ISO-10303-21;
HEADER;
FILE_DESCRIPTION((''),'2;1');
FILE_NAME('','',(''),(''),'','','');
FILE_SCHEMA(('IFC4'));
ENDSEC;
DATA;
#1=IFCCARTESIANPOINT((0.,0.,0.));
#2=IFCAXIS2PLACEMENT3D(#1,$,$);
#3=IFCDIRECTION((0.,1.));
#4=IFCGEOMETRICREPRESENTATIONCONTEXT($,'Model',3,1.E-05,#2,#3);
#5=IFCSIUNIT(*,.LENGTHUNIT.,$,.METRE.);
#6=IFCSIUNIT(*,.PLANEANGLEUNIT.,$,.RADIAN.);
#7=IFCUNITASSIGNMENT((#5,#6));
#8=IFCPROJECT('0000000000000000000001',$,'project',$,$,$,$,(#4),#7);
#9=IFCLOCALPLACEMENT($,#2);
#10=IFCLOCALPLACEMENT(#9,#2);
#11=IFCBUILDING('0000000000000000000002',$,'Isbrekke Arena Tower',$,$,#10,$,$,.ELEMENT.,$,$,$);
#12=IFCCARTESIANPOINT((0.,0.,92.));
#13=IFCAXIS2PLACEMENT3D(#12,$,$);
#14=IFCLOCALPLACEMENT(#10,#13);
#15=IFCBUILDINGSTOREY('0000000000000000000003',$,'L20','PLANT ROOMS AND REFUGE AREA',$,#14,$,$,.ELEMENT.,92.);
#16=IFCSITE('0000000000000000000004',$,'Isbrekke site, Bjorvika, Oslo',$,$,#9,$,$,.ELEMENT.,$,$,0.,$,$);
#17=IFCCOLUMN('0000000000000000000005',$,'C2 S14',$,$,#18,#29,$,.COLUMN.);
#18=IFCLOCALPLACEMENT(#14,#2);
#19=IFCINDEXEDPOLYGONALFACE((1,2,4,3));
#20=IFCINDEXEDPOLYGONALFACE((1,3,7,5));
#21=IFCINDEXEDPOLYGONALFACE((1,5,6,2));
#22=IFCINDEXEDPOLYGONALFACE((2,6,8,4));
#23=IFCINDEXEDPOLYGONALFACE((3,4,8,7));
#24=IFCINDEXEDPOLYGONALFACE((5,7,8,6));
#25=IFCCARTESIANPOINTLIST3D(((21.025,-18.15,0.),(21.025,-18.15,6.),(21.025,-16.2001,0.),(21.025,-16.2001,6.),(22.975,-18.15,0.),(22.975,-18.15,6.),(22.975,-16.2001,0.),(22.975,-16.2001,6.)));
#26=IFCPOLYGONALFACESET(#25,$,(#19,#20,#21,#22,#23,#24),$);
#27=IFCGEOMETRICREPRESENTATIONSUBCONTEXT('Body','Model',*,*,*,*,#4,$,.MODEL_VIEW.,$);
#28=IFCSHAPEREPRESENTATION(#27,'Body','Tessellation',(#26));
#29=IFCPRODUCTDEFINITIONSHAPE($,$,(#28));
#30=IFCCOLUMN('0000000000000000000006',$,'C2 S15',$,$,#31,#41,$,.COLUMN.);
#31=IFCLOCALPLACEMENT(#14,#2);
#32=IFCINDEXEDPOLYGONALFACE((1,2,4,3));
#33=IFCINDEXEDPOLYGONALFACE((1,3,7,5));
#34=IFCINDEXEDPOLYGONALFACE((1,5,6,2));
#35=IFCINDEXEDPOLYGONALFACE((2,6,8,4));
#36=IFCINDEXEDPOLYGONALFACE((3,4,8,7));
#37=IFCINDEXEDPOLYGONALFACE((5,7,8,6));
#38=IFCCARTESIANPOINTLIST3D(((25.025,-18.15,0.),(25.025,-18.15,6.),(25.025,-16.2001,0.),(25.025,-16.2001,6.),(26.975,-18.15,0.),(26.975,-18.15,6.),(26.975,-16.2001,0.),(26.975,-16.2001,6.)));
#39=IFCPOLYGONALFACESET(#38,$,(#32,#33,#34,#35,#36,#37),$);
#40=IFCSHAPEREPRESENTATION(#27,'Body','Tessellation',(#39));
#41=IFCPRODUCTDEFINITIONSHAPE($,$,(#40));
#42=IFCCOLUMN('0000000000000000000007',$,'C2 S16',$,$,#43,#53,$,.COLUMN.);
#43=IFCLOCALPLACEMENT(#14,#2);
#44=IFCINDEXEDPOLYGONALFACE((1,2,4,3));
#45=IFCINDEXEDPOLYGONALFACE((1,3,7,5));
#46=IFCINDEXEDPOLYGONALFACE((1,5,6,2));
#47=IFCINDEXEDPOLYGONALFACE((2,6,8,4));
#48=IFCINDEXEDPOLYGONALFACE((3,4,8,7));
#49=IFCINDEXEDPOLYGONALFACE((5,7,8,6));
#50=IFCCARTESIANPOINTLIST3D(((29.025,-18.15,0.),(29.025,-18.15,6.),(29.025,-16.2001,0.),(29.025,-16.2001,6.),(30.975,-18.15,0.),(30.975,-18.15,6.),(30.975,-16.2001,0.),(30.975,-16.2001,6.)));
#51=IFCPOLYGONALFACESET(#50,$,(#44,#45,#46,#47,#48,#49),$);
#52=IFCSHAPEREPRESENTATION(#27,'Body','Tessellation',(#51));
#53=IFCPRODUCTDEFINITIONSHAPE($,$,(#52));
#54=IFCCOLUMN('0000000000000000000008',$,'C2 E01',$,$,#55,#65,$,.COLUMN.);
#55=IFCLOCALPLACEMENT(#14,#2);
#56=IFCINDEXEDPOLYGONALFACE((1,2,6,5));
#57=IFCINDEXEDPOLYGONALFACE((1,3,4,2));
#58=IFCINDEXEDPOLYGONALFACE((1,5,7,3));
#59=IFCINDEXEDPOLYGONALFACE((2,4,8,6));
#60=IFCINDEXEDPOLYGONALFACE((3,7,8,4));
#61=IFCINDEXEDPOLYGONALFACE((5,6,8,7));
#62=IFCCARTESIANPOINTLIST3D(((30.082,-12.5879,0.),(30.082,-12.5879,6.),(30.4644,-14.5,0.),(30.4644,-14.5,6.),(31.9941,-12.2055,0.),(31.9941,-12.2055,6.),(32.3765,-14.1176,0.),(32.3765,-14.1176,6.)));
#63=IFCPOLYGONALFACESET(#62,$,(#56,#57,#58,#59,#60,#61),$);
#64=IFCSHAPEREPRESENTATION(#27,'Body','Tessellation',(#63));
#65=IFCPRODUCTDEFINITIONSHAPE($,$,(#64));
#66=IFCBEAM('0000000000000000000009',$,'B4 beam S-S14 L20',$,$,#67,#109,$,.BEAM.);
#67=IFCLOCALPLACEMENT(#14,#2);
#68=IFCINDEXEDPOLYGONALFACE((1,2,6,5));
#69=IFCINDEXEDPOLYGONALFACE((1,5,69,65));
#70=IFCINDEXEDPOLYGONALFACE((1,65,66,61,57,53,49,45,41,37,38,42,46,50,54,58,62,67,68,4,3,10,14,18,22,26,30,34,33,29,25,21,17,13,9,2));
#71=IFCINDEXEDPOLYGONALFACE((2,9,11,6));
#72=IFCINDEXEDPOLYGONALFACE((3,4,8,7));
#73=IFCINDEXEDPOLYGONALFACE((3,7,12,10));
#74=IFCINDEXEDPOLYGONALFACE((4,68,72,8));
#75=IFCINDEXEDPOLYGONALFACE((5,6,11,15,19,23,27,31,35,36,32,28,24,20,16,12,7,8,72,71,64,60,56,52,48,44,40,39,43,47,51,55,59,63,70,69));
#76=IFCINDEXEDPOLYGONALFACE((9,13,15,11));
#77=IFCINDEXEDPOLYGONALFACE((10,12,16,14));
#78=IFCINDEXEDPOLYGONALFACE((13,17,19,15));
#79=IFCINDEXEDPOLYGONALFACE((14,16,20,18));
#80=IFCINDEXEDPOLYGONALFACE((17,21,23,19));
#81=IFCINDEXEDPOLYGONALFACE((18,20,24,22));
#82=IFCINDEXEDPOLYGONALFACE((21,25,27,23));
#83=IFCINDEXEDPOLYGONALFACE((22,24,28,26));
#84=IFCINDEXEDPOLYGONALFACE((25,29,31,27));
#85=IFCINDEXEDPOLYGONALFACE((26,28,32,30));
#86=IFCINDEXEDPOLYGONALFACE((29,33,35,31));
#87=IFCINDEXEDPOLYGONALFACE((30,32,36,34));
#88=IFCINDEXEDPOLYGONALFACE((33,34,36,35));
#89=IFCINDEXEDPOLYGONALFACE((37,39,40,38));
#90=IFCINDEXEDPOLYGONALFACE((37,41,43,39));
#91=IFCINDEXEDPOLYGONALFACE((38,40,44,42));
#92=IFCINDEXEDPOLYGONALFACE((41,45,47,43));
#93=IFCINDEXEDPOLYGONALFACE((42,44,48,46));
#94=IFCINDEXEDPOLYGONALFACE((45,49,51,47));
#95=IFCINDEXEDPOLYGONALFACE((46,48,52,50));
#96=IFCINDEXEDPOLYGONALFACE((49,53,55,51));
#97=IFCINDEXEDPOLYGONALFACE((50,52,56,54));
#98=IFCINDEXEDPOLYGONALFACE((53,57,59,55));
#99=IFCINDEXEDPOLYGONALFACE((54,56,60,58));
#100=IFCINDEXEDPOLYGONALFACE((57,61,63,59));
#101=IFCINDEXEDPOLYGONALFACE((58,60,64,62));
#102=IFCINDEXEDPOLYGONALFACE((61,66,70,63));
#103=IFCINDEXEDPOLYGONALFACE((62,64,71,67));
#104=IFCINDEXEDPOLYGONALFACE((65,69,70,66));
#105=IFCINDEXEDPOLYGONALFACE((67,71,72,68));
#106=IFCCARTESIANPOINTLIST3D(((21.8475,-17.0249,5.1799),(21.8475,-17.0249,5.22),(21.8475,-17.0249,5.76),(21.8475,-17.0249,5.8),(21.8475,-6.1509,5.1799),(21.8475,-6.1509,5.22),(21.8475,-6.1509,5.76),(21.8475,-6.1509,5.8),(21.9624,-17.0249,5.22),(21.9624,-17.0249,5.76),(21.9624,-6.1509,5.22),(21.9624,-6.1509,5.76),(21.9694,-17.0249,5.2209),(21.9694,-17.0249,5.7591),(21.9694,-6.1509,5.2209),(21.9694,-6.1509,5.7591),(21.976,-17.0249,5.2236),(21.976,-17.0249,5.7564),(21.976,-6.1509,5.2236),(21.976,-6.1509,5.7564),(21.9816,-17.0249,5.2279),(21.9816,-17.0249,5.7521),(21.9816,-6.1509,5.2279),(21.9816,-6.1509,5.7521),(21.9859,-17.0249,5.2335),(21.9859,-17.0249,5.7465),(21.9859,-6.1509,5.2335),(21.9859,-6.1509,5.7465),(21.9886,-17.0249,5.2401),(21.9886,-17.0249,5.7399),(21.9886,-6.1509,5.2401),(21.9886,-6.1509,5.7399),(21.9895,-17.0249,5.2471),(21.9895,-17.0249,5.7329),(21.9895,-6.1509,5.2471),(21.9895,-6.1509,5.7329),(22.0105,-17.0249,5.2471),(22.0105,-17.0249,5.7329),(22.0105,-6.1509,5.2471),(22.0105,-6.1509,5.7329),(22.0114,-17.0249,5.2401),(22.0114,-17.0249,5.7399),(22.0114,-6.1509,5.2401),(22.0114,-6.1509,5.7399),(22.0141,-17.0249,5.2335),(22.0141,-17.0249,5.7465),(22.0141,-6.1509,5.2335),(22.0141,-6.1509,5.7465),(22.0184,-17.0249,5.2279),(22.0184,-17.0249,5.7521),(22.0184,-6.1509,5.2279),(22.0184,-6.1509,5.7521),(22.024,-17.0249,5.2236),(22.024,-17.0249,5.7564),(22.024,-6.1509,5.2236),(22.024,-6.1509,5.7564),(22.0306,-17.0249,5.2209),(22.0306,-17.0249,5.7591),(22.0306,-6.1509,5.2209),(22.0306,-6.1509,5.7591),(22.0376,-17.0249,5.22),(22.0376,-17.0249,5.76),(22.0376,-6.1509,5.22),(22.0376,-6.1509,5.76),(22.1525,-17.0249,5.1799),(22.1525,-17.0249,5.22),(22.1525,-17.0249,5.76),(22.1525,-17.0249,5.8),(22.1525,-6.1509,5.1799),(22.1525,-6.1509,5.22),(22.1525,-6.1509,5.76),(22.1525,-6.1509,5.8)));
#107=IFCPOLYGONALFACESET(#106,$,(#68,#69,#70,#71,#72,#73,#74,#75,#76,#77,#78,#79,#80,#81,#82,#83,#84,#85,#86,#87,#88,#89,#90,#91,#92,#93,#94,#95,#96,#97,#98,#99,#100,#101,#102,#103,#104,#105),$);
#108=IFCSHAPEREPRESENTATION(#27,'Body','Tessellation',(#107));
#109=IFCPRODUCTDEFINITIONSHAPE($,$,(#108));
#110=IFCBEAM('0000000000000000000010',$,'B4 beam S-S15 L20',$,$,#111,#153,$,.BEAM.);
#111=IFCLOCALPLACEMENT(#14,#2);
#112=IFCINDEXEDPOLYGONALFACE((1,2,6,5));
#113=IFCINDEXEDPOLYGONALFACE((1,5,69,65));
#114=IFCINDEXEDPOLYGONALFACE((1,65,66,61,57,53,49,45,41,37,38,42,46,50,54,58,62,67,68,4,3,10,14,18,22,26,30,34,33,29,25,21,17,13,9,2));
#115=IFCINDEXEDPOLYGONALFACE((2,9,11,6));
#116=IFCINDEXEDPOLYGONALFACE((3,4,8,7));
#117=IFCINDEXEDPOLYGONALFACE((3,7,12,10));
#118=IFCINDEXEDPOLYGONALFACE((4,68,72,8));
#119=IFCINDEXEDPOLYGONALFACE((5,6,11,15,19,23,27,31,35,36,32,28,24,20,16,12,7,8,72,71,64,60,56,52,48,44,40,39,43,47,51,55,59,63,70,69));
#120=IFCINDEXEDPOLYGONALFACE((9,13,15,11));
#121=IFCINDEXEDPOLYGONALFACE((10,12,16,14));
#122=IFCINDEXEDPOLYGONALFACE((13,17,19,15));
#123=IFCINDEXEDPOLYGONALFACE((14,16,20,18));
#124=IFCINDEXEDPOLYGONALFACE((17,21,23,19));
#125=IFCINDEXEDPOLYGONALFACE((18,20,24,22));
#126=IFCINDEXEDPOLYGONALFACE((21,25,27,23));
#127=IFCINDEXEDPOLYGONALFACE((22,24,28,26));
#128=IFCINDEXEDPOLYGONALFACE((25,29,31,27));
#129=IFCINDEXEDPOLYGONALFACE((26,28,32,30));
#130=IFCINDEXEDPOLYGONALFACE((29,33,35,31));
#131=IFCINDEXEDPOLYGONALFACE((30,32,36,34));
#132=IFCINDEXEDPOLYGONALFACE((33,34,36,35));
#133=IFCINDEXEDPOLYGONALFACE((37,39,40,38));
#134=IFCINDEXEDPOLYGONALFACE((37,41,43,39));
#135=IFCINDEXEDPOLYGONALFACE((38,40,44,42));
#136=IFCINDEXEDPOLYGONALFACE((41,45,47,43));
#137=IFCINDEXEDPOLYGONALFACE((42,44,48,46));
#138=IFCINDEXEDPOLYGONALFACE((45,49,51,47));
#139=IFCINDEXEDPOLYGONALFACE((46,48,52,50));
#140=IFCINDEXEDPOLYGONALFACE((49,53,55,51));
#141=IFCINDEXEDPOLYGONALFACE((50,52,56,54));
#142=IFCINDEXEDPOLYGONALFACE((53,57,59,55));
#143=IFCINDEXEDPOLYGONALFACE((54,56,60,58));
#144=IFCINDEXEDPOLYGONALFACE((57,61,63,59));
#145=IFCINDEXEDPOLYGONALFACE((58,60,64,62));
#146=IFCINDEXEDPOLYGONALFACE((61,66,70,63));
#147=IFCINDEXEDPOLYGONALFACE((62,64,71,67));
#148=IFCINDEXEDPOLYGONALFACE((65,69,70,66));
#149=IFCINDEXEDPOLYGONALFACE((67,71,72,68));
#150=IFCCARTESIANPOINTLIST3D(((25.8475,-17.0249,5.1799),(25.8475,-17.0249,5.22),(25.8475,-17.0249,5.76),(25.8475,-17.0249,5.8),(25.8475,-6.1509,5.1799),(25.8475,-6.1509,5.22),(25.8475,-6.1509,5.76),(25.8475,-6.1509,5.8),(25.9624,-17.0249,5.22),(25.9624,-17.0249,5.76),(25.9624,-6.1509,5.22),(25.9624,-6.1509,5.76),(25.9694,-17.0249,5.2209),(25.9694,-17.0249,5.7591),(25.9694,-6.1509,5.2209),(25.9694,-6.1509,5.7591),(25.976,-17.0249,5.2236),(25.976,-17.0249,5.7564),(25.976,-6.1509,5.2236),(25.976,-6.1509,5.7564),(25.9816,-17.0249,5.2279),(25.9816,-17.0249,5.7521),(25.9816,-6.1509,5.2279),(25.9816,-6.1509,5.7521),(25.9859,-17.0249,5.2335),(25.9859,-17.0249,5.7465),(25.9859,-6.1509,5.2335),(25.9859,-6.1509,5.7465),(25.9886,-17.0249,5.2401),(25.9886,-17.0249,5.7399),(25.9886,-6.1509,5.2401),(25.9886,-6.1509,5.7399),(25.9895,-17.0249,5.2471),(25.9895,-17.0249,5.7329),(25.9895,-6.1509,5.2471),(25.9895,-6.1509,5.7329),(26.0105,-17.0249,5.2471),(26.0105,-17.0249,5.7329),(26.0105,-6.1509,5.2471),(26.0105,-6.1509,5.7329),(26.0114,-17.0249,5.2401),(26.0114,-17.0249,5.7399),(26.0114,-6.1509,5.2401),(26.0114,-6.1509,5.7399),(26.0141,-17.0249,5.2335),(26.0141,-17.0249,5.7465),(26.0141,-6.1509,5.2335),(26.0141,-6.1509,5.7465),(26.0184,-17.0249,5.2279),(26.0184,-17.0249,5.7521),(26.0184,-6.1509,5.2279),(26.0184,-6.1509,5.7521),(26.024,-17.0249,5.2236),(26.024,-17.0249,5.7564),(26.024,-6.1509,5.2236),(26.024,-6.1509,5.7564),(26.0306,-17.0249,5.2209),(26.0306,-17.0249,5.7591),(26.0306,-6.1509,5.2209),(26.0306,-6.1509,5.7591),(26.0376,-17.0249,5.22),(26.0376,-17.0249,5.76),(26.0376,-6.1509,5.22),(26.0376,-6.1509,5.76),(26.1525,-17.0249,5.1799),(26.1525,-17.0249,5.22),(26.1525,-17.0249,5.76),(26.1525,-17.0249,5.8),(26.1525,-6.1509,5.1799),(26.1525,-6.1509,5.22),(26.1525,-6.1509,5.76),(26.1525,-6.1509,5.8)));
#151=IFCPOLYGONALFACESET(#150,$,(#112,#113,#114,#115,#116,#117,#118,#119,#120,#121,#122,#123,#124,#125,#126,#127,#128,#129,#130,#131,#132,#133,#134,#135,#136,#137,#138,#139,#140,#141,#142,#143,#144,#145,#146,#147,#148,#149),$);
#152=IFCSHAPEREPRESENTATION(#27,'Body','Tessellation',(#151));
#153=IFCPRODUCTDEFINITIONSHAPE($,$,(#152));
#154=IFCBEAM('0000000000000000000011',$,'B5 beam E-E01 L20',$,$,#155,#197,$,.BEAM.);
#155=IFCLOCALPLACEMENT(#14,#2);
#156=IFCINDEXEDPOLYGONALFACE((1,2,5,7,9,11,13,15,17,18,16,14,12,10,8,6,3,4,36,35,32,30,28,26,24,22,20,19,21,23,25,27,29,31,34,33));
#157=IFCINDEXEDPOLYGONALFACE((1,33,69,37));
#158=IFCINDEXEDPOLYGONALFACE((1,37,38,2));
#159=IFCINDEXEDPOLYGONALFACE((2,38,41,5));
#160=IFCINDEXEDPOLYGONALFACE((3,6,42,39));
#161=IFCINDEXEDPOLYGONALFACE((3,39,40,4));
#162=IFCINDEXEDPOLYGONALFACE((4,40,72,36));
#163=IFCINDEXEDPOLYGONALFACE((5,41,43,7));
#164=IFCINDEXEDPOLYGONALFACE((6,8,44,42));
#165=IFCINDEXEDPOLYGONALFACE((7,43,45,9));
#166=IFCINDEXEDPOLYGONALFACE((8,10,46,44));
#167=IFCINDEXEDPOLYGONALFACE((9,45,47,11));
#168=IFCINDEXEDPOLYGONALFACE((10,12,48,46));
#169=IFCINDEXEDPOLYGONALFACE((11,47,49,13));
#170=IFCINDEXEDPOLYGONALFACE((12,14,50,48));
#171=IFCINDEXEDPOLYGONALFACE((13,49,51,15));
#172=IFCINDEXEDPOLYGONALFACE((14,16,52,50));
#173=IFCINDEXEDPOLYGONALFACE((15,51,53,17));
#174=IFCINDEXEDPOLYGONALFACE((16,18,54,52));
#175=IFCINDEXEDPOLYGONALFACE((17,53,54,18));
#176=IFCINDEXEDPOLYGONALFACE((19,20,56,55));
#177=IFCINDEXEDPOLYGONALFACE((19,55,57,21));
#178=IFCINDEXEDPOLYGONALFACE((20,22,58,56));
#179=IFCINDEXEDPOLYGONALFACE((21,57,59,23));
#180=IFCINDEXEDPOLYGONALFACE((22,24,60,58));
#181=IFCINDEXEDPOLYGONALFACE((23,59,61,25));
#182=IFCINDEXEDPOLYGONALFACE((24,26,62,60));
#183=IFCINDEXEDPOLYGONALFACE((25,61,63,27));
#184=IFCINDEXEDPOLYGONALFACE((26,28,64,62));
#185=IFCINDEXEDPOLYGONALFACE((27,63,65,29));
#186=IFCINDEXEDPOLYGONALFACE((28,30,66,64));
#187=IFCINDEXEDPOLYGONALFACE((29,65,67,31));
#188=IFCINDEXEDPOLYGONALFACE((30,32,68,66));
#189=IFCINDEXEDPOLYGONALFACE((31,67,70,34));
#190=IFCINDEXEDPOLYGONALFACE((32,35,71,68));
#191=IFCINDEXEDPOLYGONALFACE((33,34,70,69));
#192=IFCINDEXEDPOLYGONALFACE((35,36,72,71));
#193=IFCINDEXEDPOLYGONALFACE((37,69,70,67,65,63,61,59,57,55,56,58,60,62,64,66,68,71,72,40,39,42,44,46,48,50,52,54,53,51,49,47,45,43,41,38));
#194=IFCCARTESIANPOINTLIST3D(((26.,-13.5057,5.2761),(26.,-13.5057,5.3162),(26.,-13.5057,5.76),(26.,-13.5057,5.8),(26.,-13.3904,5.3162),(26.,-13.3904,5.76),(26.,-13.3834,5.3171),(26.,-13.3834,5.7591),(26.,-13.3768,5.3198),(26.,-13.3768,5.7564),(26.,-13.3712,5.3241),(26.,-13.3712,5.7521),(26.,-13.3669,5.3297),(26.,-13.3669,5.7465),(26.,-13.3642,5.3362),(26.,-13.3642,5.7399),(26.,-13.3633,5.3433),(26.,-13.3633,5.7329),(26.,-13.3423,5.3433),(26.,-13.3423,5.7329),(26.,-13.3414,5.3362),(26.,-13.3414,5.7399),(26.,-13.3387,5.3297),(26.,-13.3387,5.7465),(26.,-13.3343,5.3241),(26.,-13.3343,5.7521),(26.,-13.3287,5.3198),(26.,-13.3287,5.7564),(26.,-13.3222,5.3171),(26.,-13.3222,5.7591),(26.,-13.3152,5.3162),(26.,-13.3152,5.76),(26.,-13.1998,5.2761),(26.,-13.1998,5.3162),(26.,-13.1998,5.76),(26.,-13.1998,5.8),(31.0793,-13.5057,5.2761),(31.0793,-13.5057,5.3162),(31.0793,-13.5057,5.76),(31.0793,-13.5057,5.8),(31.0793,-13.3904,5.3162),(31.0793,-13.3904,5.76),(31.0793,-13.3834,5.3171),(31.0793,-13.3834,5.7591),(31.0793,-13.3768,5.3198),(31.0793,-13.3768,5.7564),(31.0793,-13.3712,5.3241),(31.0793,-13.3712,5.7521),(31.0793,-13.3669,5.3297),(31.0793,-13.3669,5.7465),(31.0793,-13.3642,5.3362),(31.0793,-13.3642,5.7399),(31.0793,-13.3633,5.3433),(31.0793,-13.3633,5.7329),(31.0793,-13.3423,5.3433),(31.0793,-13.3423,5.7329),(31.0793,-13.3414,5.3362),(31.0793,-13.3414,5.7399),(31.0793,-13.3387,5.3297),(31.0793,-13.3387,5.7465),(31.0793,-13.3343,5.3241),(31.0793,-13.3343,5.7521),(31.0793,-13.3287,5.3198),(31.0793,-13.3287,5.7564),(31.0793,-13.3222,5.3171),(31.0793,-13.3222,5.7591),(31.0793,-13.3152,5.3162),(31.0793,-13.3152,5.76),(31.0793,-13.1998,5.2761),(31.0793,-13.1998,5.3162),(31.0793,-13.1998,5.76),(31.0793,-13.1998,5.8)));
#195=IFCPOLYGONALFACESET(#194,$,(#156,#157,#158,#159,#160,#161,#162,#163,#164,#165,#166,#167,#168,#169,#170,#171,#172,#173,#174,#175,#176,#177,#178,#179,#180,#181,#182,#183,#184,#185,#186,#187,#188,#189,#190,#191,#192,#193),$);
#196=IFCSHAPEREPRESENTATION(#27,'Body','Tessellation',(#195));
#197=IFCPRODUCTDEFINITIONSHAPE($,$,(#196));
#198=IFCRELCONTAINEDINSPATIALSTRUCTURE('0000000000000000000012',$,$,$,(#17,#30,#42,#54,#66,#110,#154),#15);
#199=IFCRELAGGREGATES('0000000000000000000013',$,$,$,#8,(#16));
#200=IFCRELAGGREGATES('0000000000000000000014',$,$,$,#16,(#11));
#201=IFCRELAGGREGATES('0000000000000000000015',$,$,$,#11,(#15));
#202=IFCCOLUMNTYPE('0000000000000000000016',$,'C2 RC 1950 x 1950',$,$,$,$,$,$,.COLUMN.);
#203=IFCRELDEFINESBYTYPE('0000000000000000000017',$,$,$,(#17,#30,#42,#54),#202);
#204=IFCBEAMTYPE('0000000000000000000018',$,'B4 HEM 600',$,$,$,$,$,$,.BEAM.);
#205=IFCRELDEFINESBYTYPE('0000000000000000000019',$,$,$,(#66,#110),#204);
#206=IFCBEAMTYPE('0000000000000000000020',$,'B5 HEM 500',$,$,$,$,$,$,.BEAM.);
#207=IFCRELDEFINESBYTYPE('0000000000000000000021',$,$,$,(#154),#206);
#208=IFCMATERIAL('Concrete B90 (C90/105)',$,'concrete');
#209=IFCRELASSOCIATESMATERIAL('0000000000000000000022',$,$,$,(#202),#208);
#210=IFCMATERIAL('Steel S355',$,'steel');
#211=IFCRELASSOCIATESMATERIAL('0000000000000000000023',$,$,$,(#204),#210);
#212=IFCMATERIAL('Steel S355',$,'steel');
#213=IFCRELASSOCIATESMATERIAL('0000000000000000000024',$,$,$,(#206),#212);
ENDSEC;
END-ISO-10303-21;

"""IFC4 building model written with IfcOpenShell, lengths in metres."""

from ifc_helpers import new_model, si_unit, direction, frame, origin, origin_2d, place, context, subcontext, project, spatial, rectangle, i_section, extrude, material, material_profile, profile_set, type_object, element, save


model = new_model("IFC4")

# Units and contexts
model_context = context("Model", 3, precision=1e-05, world=origin(), true_north=direction((0.0, 1.0)))
body_context = subcontext(model_context, "Body", "Model", "MODEL_VIEW")
ifc_project = project(units=[si_unit("LENGTHUNIT", "METRE"), si_unit("PLANEANGLEUNIT", "RADIAN")], contexts=[model_context])

# Site, building, storey
site_placement = place(None, origin())
site = spatial("IfcSite", under=ifc_project, at=site_placement, Name="Isbrekke site, Bjorvika, Oslo", CompositionType="ELEMENT", RefElevation=0.0)
building_placement = place(site_placement, origin())
building = spatial("IfcBuilding", under=site, at=building_placement, Name="Isbrekke Arena Tower", CompositionType="ELEMENT")
storey_placement = place(building_placement, frame((0.0, 0.0, 92.0)))
storey = spatial("IfcBuildingStorey", under=building, at=storey_placement, Name="L20", Description="PLANT ROOMS AND REFUGE AREA", CompositionType="ELEMENT", Elevation=92.0)

# Columns
ifc_material_1 = material(Name="Concrete B90 (C90/105)", Category="concrete")
ifc_material_profile_1 = material_profile(ifc_material_1, rectangle(XDim=1.95, YDim=1.95, at=origin_2d()), Name="RC 1950x1950")
ifc_profile_set_1 = profile_set([ifc_material_profile_1], Name="Concrete B90 (C90/105)")
column_type = type_object("IfcColumnType", Name="C2 RC 1950 x 1950", PredefinedType="COLUMN", material=ifc_profile_set_1)
for number, where, z_axis, x_axis, name in (
    (1, (22.0, -17.175, 0.0), (0.0, 0.0, 1.0), (1.0, 0.0, 0.0), "C2 S14"),
    (2, (26.0, -17.175, 0.0), (0.0, 0.0, 1.0), (1.0, 0.0, 0.0), "C2 S15"),
    (3, (30.0, -17.175, 0.0), (0.0, 0.0, 1.0), (1.0, 0.0, 0.0), "C2 S16"),
    (4, (31.2292, -13.3528, 0.0), (0.0, 0.0, 1.0), (-0.196116, 0.980581, 0.0), "C2 E01"),
):
    element("IfcColumn", number, at=place(storey_placement, frame(where, z_axis=z_axis, x_axis=x_axis)), inside=storey, type_object=column_type, Name=name, PredefinedType="COLUMN", context=body_context, shape_type="SweptSolid", body=[
        extrude(rectangle(XDim=1.95, YDim=1.95, at=origin_2d()), origin(), (0.0, 0.0, 1.0), 6.0),
    ])

# Beams
ifc_material_2 = material(Name="Steel S355", Category="steel")
ifc_material_profile_2 = material_profile(ifc_material_2, i_section(OverallWidth=0.3049, OverallDepth=0.6201, WebThickness=0.021, FlangeThickness=0.04, FilletRadius=0.0271, at=origin_2d()), Name="HEM 600")
ifc_profile_set_2 = profile_set([ifc_material_profile_2], Name="Steel S355")
beam_type_1 = type_object("IfcBeamType", Name="B4 HEM 600", PredefinedType="BEAM", material=ifc_profile_set_2)
for number, where, z_axis, x_axis, name in (
    (5, (22.0, -17.0249, 5.49), (0.0, 1.0, 0.0), (-1.0, 0.0, 0.0), "B4 beam S-S14 L20"),
    (6, (26.0, -17.0249, 5.49), (0.0, 1.0, 0.0), (-1.0, 0.0, 0.0), "B4 beam S-S15 L20"),
):
    element("IfcBeam", number, at=place(storey_placement, frame(where, z_axis=z_axis, x_axis=x_axis)), inside=storey, type_object=beam_type_1, Name=name, PredefinedType="BEAM", context=body_context, shape_type="SweptSolid", body=[
        extrude(i_section(OverallWidth=0.3049, OverallDepth=0.6201, WebThickness=0.021, FlangeThickness=0.04, FilletRadius=0.0271, at=origin_2d()), origin(), (0.0, 0.0, 1.0), 10.874),
    ])
ifc_material_3 = material(Name="Steel S355", Category="steel")
ifc_material_profile_3 = material_profile(ifc_material_3, i_section(OverallWidth=0.3059, OverallDepth=0.5239, WebThickness=0.021, FlangeThickness=0.04, FilletRadius=0.0271, at=origin_2d()), Name="HEM 500")
ifc_profile_set_3 = profile_set([ifc_material_profile_3], Name="Steel S355")
beam_type_2 = type_object("IfcBeamType", Name="B5 HEM 500", PredefinedType="BEAM", material=ifc_profile_set_3)
beam_1_placement = place(storey_placement, frame((31.0793, -13.3528, 5.5381), z_axis=(-1.0, 0.0, 0.0), x_axis=(0.0, -1.0, 0.0)))
element("IfcBeam", 7, at=beam_1_placement, inside=storey, type_object=beam_type_2, Name="B5 beam E-E01 L20", PredefinedType="BEAM", context=body_context, shape_type="SweptSolid", body=[
    extrude(i_section(OverallWidth=0.3059, OverallDepth=0.5239, WebThickness=0.021, FlangeThickness=0.04, FilletRadius=0.0271, at=origin_2d()), origin(), (0.0, 0.0, 1.0), 5.0793),
])

save(model, "model.ifc")
